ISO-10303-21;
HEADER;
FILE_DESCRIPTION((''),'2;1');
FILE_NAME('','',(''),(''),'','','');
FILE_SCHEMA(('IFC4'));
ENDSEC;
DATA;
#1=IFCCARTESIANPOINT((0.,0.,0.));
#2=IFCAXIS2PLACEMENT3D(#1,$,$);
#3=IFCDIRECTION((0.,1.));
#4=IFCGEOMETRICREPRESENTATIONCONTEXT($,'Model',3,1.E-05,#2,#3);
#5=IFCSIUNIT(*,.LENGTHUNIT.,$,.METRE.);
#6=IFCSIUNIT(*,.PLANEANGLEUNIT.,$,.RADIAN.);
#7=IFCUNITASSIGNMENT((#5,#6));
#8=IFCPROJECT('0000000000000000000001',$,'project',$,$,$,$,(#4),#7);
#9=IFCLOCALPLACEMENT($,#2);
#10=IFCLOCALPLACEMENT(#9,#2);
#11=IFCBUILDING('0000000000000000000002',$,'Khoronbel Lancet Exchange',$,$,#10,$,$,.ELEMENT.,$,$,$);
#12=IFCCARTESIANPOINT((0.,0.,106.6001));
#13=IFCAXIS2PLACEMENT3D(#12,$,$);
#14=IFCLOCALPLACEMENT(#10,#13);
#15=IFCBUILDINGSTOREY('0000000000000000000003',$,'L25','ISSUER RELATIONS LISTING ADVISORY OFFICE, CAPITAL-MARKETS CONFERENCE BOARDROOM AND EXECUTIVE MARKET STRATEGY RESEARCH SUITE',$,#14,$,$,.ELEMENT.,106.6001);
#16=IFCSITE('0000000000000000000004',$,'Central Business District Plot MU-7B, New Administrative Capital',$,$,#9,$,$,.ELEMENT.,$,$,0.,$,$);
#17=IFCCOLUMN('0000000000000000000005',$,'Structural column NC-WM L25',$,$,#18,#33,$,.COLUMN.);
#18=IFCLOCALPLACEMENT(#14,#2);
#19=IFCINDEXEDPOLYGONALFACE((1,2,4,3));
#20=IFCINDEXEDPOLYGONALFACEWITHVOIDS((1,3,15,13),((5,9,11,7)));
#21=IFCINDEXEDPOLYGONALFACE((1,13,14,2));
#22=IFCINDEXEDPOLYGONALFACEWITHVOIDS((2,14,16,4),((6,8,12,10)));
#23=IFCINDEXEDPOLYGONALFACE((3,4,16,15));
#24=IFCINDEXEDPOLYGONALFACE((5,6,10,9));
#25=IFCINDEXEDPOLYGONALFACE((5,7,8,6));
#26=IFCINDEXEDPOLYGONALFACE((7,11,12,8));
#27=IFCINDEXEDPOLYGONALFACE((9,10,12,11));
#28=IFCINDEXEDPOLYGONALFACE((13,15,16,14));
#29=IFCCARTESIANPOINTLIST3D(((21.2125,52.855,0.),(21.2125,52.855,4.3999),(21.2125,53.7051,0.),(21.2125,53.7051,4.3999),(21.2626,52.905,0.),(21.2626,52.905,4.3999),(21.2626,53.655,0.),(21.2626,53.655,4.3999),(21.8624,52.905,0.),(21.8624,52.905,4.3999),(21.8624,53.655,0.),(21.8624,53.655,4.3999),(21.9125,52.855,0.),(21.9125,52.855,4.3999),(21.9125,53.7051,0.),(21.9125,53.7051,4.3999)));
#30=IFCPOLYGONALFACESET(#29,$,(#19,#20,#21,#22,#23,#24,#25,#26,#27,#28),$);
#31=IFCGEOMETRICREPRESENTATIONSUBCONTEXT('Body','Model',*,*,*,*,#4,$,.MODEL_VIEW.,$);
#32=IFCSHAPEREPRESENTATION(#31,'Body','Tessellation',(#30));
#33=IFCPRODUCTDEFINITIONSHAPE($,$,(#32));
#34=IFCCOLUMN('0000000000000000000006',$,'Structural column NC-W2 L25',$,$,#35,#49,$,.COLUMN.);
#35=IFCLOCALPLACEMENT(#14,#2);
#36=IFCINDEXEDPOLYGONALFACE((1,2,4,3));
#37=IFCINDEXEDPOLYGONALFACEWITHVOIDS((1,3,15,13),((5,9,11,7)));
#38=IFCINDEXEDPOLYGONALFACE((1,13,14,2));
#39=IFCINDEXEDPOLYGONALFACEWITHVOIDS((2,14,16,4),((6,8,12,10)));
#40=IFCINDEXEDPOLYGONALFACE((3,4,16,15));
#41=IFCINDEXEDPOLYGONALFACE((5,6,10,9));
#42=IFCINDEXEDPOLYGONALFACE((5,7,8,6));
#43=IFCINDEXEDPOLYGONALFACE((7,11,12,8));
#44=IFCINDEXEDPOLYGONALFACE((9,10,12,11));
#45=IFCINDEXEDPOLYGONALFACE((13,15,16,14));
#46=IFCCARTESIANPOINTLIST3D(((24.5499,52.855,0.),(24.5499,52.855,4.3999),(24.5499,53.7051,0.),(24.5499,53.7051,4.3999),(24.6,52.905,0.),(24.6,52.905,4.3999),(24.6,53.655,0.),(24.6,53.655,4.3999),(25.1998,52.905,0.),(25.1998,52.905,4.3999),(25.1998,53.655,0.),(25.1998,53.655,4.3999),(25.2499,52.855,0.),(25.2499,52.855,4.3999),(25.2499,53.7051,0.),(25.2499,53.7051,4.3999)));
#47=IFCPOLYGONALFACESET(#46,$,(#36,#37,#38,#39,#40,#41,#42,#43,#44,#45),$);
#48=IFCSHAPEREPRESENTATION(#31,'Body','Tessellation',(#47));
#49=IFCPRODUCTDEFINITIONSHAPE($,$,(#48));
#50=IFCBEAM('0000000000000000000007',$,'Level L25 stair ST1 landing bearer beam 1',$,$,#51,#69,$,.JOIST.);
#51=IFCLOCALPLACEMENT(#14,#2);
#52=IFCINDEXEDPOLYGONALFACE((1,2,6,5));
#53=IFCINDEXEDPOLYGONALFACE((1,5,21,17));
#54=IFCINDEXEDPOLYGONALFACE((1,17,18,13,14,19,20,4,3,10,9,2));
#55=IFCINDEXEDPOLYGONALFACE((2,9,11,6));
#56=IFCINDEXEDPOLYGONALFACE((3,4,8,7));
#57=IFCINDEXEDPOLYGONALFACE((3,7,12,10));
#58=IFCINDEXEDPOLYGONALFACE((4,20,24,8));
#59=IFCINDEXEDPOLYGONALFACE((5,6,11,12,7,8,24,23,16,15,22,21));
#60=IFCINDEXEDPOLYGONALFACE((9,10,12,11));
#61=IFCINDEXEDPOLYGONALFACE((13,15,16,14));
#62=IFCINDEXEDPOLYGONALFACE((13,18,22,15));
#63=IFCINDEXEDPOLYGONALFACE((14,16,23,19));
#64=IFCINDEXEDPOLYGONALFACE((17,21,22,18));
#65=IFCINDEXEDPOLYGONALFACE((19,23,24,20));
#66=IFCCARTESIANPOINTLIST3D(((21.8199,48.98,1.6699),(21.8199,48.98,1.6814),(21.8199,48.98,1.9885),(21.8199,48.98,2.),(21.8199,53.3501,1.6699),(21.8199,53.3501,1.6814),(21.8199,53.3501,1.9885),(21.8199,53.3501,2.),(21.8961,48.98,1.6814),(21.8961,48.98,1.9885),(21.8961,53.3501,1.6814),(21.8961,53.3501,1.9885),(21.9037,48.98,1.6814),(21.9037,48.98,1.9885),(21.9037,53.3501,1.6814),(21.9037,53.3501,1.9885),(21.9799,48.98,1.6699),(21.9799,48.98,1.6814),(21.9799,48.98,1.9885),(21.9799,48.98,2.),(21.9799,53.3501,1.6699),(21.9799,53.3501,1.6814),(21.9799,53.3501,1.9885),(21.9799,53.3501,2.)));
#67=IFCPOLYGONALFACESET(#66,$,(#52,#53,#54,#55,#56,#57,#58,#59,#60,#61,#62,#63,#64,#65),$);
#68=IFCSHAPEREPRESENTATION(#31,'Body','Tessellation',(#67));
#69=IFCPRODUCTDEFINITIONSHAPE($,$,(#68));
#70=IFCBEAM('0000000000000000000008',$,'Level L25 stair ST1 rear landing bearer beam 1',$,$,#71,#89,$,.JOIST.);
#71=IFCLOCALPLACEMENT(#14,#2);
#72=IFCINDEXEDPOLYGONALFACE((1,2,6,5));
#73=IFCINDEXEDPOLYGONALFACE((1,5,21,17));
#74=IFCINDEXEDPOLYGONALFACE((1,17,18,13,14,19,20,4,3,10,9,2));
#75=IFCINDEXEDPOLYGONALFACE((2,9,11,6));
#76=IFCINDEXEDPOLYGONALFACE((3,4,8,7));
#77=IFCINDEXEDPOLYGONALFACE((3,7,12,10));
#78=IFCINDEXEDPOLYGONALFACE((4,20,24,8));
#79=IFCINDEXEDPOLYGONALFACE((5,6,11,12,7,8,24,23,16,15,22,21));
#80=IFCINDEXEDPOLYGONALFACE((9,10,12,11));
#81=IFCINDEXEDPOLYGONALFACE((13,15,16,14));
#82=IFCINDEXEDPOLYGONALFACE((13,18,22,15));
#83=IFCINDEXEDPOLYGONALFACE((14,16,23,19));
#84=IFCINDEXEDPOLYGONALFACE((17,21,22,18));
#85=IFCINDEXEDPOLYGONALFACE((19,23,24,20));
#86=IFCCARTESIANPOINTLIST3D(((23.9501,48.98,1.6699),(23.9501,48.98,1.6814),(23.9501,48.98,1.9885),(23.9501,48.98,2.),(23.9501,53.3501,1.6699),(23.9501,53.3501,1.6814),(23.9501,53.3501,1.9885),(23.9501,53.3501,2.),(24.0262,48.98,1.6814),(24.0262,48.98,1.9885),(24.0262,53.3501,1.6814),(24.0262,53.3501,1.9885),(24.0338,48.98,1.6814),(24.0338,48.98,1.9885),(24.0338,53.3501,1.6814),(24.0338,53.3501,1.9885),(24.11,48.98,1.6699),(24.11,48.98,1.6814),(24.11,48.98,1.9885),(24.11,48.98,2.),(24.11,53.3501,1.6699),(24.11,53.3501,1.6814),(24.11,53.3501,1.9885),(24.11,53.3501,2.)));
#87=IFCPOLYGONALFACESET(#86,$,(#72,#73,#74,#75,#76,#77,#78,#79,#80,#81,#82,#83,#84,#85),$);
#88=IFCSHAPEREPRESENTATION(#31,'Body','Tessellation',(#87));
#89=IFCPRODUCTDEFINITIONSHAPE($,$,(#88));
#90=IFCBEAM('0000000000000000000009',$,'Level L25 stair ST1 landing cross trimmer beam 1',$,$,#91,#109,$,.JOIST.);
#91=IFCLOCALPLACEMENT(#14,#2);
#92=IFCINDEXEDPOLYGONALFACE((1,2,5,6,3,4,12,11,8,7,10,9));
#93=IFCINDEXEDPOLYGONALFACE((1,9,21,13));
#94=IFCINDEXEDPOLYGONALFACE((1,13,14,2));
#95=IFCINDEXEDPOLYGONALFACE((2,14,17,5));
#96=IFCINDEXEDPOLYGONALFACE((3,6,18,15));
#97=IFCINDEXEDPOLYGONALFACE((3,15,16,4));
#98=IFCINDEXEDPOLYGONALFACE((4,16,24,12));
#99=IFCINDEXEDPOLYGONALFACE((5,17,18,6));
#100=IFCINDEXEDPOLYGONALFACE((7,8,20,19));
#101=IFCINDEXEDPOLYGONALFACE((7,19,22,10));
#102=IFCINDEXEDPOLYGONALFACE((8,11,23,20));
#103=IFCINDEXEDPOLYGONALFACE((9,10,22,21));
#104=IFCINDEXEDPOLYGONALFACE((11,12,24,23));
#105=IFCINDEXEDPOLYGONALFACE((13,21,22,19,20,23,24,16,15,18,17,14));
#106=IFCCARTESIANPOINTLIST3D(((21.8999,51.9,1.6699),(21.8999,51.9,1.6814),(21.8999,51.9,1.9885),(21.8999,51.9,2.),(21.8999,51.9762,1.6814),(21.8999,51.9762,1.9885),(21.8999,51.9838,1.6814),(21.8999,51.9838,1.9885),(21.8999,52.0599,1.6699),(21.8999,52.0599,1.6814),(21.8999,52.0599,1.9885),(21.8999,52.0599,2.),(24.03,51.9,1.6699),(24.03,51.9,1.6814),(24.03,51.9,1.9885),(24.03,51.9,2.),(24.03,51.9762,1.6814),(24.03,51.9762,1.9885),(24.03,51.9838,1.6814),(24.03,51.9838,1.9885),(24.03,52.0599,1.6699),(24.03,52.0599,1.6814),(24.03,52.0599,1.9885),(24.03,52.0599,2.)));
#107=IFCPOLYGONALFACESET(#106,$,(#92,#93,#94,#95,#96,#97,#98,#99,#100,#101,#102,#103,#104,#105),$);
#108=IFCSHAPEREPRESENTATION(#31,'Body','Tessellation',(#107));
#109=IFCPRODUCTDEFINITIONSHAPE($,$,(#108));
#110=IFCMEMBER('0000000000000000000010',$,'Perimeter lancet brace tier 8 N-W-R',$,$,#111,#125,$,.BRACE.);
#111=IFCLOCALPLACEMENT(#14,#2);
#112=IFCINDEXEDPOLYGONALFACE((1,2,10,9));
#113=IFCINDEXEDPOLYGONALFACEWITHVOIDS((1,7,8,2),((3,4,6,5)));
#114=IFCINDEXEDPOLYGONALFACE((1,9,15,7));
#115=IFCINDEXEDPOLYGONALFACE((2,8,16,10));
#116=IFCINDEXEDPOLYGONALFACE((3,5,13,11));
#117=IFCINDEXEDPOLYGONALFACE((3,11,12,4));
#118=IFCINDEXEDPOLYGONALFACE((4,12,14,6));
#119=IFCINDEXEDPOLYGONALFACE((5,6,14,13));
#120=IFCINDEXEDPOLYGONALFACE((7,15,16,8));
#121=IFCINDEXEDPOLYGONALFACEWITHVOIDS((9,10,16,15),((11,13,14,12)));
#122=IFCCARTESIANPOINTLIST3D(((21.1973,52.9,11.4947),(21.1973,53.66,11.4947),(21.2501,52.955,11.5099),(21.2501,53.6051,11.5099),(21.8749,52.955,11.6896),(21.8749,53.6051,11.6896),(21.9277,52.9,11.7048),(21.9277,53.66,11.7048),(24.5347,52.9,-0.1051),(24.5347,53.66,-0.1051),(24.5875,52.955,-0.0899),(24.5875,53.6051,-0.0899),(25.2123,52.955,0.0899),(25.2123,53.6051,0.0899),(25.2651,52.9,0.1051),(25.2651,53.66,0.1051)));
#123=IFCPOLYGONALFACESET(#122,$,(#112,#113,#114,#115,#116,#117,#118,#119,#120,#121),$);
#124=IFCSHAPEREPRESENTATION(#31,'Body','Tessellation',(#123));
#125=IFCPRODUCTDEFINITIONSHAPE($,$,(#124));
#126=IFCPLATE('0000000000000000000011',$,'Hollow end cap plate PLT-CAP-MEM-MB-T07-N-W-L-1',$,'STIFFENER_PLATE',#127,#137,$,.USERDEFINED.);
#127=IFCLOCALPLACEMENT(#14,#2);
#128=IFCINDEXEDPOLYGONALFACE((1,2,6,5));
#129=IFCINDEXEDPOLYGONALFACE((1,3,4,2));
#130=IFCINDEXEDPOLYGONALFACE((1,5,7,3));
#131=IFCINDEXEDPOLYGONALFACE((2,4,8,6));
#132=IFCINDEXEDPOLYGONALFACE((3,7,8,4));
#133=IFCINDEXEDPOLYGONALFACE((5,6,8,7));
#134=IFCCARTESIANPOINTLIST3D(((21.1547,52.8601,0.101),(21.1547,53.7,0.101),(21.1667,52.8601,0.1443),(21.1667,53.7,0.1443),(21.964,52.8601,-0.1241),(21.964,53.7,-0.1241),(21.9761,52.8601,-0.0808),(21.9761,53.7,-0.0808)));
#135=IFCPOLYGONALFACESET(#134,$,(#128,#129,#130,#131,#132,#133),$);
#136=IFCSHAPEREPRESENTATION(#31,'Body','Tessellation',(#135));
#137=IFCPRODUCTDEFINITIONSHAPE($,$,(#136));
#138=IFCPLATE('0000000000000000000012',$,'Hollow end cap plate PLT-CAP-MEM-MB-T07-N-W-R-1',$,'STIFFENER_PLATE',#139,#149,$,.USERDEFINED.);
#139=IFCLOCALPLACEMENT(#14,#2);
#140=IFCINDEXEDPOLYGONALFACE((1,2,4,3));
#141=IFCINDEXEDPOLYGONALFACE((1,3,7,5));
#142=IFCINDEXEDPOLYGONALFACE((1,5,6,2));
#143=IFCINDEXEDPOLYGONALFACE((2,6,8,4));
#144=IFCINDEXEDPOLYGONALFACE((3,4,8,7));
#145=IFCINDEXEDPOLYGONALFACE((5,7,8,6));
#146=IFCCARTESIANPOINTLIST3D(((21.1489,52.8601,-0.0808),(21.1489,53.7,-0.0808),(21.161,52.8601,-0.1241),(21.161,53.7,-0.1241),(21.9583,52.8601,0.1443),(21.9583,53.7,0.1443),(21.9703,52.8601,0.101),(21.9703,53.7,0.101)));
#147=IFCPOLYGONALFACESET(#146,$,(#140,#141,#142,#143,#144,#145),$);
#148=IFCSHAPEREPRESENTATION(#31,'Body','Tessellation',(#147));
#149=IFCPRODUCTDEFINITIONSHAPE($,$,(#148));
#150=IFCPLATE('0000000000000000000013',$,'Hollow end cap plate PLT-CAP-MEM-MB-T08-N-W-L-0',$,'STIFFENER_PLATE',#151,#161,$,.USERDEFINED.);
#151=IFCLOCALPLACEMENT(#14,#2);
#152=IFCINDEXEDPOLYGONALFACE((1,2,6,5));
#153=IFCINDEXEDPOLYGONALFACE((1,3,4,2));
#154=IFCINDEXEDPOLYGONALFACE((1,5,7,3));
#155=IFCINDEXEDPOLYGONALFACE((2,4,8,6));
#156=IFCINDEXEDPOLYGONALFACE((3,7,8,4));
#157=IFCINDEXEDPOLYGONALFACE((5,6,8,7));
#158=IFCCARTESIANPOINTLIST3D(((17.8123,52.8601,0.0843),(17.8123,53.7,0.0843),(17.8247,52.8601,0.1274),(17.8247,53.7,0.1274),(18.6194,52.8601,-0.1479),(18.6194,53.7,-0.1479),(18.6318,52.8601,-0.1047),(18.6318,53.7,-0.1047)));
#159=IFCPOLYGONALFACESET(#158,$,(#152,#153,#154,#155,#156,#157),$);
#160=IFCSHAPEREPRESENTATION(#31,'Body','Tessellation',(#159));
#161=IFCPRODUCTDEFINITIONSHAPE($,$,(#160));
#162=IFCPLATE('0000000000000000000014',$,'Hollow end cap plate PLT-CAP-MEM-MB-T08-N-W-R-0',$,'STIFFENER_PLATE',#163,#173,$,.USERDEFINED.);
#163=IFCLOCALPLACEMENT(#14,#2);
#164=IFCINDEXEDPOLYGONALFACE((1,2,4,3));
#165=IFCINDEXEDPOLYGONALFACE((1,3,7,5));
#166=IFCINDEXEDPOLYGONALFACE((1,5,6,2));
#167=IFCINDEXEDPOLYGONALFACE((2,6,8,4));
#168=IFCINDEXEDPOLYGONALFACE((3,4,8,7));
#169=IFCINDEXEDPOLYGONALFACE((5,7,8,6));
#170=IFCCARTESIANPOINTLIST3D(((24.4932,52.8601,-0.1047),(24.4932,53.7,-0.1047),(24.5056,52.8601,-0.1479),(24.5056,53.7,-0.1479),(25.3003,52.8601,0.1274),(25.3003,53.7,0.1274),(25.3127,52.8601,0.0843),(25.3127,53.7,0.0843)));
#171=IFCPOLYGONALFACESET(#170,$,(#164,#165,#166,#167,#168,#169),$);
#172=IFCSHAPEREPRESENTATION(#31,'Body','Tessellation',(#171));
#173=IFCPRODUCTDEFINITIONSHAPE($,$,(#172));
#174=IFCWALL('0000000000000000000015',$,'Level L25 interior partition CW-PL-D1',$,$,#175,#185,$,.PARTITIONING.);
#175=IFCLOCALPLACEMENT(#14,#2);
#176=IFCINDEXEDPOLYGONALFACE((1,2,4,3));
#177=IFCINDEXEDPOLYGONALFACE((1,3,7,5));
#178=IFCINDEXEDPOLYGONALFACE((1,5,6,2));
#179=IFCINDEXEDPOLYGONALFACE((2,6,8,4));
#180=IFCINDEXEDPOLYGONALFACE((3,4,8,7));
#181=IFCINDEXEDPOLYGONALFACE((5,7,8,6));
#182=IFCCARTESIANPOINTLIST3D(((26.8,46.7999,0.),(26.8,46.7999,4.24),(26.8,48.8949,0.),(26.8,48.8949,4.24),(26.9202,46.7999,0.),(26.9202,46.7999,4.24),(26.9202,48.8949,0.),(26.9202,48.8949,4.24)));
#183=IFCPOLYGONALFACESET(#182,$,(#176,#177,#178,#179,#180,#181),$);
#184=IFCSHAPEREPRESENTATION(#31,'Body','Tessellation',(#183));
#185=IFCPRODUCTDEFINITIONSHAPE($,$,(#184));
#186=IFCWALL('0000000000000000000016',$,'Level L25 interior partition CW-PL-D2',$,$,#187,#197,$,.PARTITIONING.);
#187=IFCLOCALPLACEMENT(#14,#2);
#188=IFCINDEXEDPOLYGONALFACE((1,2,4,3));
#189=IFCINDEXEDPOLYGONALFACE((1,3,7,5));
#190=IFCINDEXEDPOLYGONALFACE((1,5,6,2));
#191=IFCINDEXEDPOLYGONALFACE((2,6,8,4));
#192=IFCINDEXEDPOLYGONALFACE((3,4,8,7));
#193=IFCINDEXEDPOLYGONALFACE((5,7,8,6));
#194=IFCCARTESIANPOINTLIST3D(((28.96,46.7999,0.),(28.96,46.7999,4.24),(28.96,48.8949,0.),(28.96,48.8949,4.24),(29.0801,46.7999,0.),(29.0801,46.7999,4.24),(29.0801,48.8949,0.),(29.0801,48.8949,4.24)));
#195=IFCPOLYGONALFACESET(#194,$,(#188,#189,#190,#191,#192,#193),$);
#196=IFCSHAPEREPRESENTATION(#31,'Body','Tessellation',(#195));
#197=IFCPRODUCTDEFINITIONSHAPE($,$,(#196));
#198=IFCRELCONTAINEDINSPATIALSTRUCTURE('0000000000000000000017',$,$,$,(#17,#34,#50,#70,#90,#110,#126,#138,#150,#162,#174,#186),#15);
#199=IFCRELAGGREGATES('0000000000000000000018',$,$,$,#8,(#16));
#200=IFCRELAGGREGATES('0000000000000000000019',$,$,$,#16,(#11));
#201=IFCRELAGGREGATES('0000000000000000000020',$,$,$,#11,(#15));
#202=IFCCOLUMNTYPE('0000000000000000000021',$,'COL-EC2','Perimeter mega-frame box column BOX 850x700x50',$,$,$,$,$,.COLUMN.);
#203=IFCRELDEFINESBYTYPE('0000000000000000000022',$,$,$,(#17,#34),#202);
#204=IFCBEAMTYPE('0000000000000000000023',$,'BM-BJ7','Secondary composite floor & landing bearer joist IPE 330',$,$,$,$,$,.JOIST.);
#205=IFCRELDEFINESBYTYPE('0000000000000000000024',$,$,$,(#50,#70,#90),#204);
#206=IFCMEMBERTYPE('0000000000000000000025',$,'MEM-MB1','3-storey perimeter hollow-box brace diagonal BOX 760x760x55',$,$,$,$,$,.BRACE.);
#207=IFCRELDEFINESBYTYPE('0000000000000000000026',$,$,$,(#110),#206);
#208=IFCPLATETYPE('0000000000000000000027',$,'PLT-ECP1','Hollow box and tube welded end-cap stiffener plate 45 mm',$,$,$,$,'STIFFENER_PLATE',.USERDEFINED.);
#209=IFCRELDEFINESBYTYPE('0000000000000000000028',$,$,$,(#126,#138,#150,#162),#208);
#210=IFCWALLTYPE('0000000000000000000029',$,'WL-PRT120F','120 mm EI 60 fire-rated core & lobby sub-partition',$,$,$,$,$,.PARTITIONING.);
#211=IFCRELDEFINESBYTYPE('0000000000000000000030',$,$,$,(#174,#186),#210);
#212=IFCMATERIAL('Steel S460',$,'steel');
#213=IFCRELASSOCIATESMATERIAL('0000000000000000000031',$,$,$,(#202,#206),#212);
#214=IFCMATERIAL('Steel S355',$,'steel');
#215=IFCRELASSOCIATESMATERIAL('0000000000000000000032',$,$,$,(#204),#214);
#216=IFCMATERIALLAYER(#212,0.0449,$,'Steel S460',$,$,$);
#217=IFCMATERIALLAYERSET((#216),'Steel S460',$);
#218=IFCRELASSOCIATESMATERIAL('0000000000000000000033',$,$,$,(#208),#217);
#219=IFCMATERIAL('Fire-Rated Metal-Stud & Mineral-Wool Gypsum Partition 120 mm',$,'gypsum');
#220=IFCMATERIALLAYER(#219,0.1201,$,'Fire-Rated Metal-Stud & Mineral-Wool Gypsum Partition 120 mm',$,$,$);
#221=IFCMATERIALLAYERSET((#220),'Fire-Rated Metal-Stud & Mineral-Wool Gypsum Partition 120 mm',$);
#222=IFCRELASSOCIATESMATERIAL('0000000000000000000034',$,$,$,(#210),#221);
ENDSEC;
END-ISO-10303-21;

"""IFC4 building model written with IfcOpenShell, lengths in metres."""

from ifc_helpers import new_model, si_unit, direction, frame, frame_2d, origin, origin_2d, place, context, subcontext, project, spatial, polyline, rectangle, hollow_rectangle, i_section, outline, extrude, material, layer, layer_set, material_profile, profile_set, type_object, element, save


model = new_model("IFC4")

# Units and contexts
model_context = context("Model", 3, precision=1e-05, world=origin(), true_north=direction((0.0, 1.0)))
body_context = subcontext(model_context, "Body", "Model", "MODEL_VIEW")
ifc_project = project(units=[si_unit("LENGTHUNIT", "METRE"), si_unit("PLANEANGLEUNIT", "RADIAN")], contexts=[model_context])

# Site, building, storey
site_placement = place(None, origin())
site = spatial("IfcSite", under=ifc_project, at=site_placement, Name="Central Business District Plot MU-7B, New Administrative Capital", CompositionType="ELEMENT", RefElevation=0.0)
building_placement = place(site_placement, origin())
building = spatial("IfcBuilding", under=site, at=building_placement, Name="Khoronbel Lancet Exchange", CompositionType="ELEMENT")
storey_placement = place(building_placement, frame((0.0, 0.0, 106.6001)))
storey = spatial("IfcBuildingStorey", under=building, at=storey_placement, Name="L25", Description="ISSUER RELATIONS LISTING ADVISORY OFFICE, CAPITAL-MARKETS CONFERENCE BOARDROOM AND EXECUTIVE MARKET STRATEGY RESEARCH SUITE", CompositionType="ELEMENT", Elevation=106.6001)

# Columns
ifc_material_1 = material(Name="Steel S460", Category="steel")
ifc_material_profile_1 = material_profile(ifc_material_1, hollow_rectangle(XDim=0.7, YDim=0.8501, WallThickness=0.05, at=origin_2d()), Name="BOX 850x700x50")
ifc_profile_set_1 = profile_set([ifc_material_profile_1], Name="Steel S460")
column_type = type_object("IfcColumnType", Name="COL-EC2", Description="Perimeter mega-frame box column BOX 850x700x50", PredefinedType="COLUMN", material=ifc_profile_set_1)
for number, where, z_axis, x_axis, name in (
    (1, (21.5625, 53.28, 0.0), (0.0, 0.0, 1.0), (1.0, 0.0, 0.0), "Structural column NC-WM L25"),
    (2, (24.8999, 53.28, 0.0), (0.0, 0.0, 1.0), (1.0, 0.0, 0.0), "Structural column NC-W2 L25"),
):
    element("IfcColumn", number, at=place(storey_placement, frame(where, z_axis=z_axis, x_axis=x_axis)), inside=storey, type_object=column_type, Name=name, PredefinedType="COLUMN", context=body_context, shape_type="SweptSolid", body=[
        extrude(hollow_rectangle(XDim=0.7, YDim=0.8501, WallThickness=0.05, at=origin_2d()), origin(), (0.0, 0.0, 1.0), 4.3999),
    ])

# Beams
ifc_material_2 = material(Name="Steel S355", Category="steel")
ifc_material_profile_2 = material_profile(ifc_material_2, i_section(OverallWidth=0.1599, OverallDepth=0.3301, WebThickness=0.0076, FlangeThickness=0.0115, at=origin_2d()), Name="IPE 330")
ifc_profile_set_2 = profile_set([ifc_material_profile_2], Name="Steel S355")
beam_type = type_object("IfcBeamType", Name="BM-BJ7", Description="Secondary composite floor & landing bearer joist IPE 330", PredefinedType="JOIST", material=ifc_profile_set_2)
for number, where, z_axis, x_axis, name in (
    (3, (21.8999, 48.98, 1.835), (0.0, 1.0, 0.0), (-1.0, 0.0, 0.0), "Level L25 stair ST1 landing bearer beam 1"),
    (4, (24.03, 48.98, 1.835), (0.0, 1.0, 0.0), (-1.0, 0.0, 0.0), "Level L25 stair ST1 rear landing bearer beam 1"),
):
    element("IfcBeam", number, at=place(storey_placement, frame(where, z_axis=z_axis, x_axis=x_axis)), inside=storey, type_object=beam_type, Name=name, PredefinedType="JOIST", context=body_context, shape_type="SweptSolid", body=[
        extrude(i_section(OverallWidth=0.1599, OverallDepth=0.3301, WebThickness=0.0076, FlangeThickness=0.0115, at=origin_2d()), origin(), (0.0, 0.0, 1.0), 4.3701),
    ])
beam_placement = place(storey_placement, frame((21.8999, 51.98, 1.835), z_axis=(1.0, 0.0, 0.0), x_axis=(0.0, 1.0, 0.0)))
element("IfcBeam", 5, at=beam_placement, inside=storey, type_object=beam_type, Name="Level L25 stair ST1 landing cross trimmer beam 1", PredefinedType="JOIST", context=body_context, shape_type="SweptSolid", body=[
    extrude(i_section(OverallWidth=0.1599, OverallDepth=0.3301, WebThickness=0.0076, FlangeThickness=0.0115, at=origin_2d()), origin(), (0.0, 0.0, 1.0), 2.1301),
])

# Member
ifc_material_profile_3 = material_profile(ifc_material_1, hollow_rectangle(XDim=0.76, YDim=0.76, WallThickness=0.0549, at=origin_2d()), Name="BOX 760x760x55")
ifc_profile_set_3 = profile_set([ifc_material_profile_3], Name="Steel S460")
member_type = type_object("IfcMemberType", Name="MEM-MB1", Description="3-storey perimeter hollow-box brace diagonal BOX 760x760x55", PredefinedType="BRACE", material=ifc_profile_set_3)
member_placement = place(storey_placement, frame((24.8999, 53.28, 0.0), z_axis=(-0.276494, 0.0, 0.961016), x_axis=(0.0, -1.0, 0.0)))
element("IfcMember", 6, at=member_placement, inside=storey, type_object=member_type, Name="Perimeter lancet brace tier 8 N-W-R", PredefinedType="BRACE", context=body_context, shape_type="SweptSolid", body=[
    extrude(hollow_rectangle(XDim=0.76, YDim=0.76, WallThickness=0.0549, at=origin_2d()), origin(), (0.0, 0.0, 1.0), 12.0703),
])

# Plates
ifc_layer_1 = layer(ifc_material_1, 0.0449, Name="Steel S460")
ifc_layer_set_1 = layer_set([ifc_layer_1], Name="Steel S460")
plate_type = type_object("IfcPlateType", Name="PLT-ECP1", Description="Hollow box and tube welded end-cap stiffener plate 45 mm", ElementType="STIFFENER_PLATE", PredefinedType="USERDEFINED", material=ifc_layer_set_1)
for number, where, z_axis, x_axis, name in (
    (7, (21.9761, 52.8601, -0.0808), (0.267959, 0.0, 0.96343), (0.0, 1.0, 0.0), "Hollow end cap plate PLT-CAP-MEM-MB-T07-N-W-L-1"),
    (8, (21.1489, 53.7, -0.0808), (-0.267959, 0.0, 0.96343), (0.0, -1.0, 0.0), "Hollow end cap plate PLT-CAP-MEM-MB-T07-N-W-R-1"),
):
    element("IfcPlate", number, at=place(storey_placement, frame(where, z_axis=z_axis, x_axis=x_axis)), inside=storey, type_object=plate_type, Name=name, ObjectType="STIFFENER_PLATE", PredefinedType="USERDEFINED", context=body_context, shape_type="SweptSolid", body=[
        extrude(outline(polyline([(0.0, 0.0), (0.8398, 0.0), (0.8398, 0.8401), (0.0, 0.8401), (0.0, 0.0)])), origin(), (0.0, 0.0, -1.0), 0.0449),
    ])
for number, where, z_axis, x_axis, name in (
    (9, (18.6318, 52.8601, -0.1047), (0.276448, 0.0, 0.961029), (0.0, 1.0, 0.0), "Hollow end cap plate PLT-CAP-MEM-MB-T08-N-W-L-0"),
    (10, (24.4932, 53.7, -0.1047), (-0.276448, 0.0, 0.961029), (0.0, -1.0, 0.0), "Hollow end cap plate PLT-CAP-MEM-MB-T08-N-W-R-0"),
):
    element("IfcPlate", number, at=place(storey_placement, frame(where, z_axis=z_axis, x_axis=x_axis)), inside=storey, type_object=plate_type, Name=name, ObjectType="STIFFENER_PLATE", PredefinedType="USERDEFINED", context=body_context, shape_type="SweptSolid", body=[
        extrude(outline(polyline([(0.0, 0.0), (0.8398, 0.0), (0.8398, 0.8398), (0.0, 0.8398), (0.0, 0.0)])), origin(), (0.0, 0.0, -1.0), 0.0449),
    ])

# Walls
ifc_material_3 = material(Name="Fire-Rated Metal-Stud & Mineral-Wool Gypsum Partition 120 mm", Category="gypsum")
ifc_layer_2 = layer(ifc_material_3, 0.1201, Name="Fire-Rated Metal-Stud & Mineral-Wool Gypsum Partition 120 mm")
ifc_layer_set_2 = layer_set([ifc_layer_2], Name="Fire-Rated Metal-Stud & Mineral-Wool Gypsum Partition 120 mm")
wall_type_1 = type_object("IfcWallType", Name="WL-PRT120F", Description="120 mm EI 60 fire-rated core & lobby sub-partition", PredefinedType="PARTITIONING", material=ifc_layer_set_2)
for number, where, z_axis, x_axis, name in (
    (11, (26.8601, 46.8, 0.0), (0.0, 0.0, 1.0), (0.0, 1.0, 0.0), "Level L25 interior partition CW-PL-D1"),
    (12, (29.02, 46.8, 0.0), (0.0, 0.0, 1.0), (0.0, 1.0, 0.0), "Level L25 interior partition CW-PL-D2"),
):
    element("IfcWall", number, at=place(storey_placement, frame(where, z_axis=z_axis, x_axis=x_axis)), inside=storey, type_object=wall_type_1, Name=name, PredefinedType="PARTITIONING", context=body_context, shape_type="SweptSolid", body=[
        extrude(rectangle(XDim=2.095, YDim=0.1201, at=frame_2d((1.0474, 0.0))), origin(), (0.0, 0.0, 1.0), 4.24),
    ])

save(model, "model.ifc")
